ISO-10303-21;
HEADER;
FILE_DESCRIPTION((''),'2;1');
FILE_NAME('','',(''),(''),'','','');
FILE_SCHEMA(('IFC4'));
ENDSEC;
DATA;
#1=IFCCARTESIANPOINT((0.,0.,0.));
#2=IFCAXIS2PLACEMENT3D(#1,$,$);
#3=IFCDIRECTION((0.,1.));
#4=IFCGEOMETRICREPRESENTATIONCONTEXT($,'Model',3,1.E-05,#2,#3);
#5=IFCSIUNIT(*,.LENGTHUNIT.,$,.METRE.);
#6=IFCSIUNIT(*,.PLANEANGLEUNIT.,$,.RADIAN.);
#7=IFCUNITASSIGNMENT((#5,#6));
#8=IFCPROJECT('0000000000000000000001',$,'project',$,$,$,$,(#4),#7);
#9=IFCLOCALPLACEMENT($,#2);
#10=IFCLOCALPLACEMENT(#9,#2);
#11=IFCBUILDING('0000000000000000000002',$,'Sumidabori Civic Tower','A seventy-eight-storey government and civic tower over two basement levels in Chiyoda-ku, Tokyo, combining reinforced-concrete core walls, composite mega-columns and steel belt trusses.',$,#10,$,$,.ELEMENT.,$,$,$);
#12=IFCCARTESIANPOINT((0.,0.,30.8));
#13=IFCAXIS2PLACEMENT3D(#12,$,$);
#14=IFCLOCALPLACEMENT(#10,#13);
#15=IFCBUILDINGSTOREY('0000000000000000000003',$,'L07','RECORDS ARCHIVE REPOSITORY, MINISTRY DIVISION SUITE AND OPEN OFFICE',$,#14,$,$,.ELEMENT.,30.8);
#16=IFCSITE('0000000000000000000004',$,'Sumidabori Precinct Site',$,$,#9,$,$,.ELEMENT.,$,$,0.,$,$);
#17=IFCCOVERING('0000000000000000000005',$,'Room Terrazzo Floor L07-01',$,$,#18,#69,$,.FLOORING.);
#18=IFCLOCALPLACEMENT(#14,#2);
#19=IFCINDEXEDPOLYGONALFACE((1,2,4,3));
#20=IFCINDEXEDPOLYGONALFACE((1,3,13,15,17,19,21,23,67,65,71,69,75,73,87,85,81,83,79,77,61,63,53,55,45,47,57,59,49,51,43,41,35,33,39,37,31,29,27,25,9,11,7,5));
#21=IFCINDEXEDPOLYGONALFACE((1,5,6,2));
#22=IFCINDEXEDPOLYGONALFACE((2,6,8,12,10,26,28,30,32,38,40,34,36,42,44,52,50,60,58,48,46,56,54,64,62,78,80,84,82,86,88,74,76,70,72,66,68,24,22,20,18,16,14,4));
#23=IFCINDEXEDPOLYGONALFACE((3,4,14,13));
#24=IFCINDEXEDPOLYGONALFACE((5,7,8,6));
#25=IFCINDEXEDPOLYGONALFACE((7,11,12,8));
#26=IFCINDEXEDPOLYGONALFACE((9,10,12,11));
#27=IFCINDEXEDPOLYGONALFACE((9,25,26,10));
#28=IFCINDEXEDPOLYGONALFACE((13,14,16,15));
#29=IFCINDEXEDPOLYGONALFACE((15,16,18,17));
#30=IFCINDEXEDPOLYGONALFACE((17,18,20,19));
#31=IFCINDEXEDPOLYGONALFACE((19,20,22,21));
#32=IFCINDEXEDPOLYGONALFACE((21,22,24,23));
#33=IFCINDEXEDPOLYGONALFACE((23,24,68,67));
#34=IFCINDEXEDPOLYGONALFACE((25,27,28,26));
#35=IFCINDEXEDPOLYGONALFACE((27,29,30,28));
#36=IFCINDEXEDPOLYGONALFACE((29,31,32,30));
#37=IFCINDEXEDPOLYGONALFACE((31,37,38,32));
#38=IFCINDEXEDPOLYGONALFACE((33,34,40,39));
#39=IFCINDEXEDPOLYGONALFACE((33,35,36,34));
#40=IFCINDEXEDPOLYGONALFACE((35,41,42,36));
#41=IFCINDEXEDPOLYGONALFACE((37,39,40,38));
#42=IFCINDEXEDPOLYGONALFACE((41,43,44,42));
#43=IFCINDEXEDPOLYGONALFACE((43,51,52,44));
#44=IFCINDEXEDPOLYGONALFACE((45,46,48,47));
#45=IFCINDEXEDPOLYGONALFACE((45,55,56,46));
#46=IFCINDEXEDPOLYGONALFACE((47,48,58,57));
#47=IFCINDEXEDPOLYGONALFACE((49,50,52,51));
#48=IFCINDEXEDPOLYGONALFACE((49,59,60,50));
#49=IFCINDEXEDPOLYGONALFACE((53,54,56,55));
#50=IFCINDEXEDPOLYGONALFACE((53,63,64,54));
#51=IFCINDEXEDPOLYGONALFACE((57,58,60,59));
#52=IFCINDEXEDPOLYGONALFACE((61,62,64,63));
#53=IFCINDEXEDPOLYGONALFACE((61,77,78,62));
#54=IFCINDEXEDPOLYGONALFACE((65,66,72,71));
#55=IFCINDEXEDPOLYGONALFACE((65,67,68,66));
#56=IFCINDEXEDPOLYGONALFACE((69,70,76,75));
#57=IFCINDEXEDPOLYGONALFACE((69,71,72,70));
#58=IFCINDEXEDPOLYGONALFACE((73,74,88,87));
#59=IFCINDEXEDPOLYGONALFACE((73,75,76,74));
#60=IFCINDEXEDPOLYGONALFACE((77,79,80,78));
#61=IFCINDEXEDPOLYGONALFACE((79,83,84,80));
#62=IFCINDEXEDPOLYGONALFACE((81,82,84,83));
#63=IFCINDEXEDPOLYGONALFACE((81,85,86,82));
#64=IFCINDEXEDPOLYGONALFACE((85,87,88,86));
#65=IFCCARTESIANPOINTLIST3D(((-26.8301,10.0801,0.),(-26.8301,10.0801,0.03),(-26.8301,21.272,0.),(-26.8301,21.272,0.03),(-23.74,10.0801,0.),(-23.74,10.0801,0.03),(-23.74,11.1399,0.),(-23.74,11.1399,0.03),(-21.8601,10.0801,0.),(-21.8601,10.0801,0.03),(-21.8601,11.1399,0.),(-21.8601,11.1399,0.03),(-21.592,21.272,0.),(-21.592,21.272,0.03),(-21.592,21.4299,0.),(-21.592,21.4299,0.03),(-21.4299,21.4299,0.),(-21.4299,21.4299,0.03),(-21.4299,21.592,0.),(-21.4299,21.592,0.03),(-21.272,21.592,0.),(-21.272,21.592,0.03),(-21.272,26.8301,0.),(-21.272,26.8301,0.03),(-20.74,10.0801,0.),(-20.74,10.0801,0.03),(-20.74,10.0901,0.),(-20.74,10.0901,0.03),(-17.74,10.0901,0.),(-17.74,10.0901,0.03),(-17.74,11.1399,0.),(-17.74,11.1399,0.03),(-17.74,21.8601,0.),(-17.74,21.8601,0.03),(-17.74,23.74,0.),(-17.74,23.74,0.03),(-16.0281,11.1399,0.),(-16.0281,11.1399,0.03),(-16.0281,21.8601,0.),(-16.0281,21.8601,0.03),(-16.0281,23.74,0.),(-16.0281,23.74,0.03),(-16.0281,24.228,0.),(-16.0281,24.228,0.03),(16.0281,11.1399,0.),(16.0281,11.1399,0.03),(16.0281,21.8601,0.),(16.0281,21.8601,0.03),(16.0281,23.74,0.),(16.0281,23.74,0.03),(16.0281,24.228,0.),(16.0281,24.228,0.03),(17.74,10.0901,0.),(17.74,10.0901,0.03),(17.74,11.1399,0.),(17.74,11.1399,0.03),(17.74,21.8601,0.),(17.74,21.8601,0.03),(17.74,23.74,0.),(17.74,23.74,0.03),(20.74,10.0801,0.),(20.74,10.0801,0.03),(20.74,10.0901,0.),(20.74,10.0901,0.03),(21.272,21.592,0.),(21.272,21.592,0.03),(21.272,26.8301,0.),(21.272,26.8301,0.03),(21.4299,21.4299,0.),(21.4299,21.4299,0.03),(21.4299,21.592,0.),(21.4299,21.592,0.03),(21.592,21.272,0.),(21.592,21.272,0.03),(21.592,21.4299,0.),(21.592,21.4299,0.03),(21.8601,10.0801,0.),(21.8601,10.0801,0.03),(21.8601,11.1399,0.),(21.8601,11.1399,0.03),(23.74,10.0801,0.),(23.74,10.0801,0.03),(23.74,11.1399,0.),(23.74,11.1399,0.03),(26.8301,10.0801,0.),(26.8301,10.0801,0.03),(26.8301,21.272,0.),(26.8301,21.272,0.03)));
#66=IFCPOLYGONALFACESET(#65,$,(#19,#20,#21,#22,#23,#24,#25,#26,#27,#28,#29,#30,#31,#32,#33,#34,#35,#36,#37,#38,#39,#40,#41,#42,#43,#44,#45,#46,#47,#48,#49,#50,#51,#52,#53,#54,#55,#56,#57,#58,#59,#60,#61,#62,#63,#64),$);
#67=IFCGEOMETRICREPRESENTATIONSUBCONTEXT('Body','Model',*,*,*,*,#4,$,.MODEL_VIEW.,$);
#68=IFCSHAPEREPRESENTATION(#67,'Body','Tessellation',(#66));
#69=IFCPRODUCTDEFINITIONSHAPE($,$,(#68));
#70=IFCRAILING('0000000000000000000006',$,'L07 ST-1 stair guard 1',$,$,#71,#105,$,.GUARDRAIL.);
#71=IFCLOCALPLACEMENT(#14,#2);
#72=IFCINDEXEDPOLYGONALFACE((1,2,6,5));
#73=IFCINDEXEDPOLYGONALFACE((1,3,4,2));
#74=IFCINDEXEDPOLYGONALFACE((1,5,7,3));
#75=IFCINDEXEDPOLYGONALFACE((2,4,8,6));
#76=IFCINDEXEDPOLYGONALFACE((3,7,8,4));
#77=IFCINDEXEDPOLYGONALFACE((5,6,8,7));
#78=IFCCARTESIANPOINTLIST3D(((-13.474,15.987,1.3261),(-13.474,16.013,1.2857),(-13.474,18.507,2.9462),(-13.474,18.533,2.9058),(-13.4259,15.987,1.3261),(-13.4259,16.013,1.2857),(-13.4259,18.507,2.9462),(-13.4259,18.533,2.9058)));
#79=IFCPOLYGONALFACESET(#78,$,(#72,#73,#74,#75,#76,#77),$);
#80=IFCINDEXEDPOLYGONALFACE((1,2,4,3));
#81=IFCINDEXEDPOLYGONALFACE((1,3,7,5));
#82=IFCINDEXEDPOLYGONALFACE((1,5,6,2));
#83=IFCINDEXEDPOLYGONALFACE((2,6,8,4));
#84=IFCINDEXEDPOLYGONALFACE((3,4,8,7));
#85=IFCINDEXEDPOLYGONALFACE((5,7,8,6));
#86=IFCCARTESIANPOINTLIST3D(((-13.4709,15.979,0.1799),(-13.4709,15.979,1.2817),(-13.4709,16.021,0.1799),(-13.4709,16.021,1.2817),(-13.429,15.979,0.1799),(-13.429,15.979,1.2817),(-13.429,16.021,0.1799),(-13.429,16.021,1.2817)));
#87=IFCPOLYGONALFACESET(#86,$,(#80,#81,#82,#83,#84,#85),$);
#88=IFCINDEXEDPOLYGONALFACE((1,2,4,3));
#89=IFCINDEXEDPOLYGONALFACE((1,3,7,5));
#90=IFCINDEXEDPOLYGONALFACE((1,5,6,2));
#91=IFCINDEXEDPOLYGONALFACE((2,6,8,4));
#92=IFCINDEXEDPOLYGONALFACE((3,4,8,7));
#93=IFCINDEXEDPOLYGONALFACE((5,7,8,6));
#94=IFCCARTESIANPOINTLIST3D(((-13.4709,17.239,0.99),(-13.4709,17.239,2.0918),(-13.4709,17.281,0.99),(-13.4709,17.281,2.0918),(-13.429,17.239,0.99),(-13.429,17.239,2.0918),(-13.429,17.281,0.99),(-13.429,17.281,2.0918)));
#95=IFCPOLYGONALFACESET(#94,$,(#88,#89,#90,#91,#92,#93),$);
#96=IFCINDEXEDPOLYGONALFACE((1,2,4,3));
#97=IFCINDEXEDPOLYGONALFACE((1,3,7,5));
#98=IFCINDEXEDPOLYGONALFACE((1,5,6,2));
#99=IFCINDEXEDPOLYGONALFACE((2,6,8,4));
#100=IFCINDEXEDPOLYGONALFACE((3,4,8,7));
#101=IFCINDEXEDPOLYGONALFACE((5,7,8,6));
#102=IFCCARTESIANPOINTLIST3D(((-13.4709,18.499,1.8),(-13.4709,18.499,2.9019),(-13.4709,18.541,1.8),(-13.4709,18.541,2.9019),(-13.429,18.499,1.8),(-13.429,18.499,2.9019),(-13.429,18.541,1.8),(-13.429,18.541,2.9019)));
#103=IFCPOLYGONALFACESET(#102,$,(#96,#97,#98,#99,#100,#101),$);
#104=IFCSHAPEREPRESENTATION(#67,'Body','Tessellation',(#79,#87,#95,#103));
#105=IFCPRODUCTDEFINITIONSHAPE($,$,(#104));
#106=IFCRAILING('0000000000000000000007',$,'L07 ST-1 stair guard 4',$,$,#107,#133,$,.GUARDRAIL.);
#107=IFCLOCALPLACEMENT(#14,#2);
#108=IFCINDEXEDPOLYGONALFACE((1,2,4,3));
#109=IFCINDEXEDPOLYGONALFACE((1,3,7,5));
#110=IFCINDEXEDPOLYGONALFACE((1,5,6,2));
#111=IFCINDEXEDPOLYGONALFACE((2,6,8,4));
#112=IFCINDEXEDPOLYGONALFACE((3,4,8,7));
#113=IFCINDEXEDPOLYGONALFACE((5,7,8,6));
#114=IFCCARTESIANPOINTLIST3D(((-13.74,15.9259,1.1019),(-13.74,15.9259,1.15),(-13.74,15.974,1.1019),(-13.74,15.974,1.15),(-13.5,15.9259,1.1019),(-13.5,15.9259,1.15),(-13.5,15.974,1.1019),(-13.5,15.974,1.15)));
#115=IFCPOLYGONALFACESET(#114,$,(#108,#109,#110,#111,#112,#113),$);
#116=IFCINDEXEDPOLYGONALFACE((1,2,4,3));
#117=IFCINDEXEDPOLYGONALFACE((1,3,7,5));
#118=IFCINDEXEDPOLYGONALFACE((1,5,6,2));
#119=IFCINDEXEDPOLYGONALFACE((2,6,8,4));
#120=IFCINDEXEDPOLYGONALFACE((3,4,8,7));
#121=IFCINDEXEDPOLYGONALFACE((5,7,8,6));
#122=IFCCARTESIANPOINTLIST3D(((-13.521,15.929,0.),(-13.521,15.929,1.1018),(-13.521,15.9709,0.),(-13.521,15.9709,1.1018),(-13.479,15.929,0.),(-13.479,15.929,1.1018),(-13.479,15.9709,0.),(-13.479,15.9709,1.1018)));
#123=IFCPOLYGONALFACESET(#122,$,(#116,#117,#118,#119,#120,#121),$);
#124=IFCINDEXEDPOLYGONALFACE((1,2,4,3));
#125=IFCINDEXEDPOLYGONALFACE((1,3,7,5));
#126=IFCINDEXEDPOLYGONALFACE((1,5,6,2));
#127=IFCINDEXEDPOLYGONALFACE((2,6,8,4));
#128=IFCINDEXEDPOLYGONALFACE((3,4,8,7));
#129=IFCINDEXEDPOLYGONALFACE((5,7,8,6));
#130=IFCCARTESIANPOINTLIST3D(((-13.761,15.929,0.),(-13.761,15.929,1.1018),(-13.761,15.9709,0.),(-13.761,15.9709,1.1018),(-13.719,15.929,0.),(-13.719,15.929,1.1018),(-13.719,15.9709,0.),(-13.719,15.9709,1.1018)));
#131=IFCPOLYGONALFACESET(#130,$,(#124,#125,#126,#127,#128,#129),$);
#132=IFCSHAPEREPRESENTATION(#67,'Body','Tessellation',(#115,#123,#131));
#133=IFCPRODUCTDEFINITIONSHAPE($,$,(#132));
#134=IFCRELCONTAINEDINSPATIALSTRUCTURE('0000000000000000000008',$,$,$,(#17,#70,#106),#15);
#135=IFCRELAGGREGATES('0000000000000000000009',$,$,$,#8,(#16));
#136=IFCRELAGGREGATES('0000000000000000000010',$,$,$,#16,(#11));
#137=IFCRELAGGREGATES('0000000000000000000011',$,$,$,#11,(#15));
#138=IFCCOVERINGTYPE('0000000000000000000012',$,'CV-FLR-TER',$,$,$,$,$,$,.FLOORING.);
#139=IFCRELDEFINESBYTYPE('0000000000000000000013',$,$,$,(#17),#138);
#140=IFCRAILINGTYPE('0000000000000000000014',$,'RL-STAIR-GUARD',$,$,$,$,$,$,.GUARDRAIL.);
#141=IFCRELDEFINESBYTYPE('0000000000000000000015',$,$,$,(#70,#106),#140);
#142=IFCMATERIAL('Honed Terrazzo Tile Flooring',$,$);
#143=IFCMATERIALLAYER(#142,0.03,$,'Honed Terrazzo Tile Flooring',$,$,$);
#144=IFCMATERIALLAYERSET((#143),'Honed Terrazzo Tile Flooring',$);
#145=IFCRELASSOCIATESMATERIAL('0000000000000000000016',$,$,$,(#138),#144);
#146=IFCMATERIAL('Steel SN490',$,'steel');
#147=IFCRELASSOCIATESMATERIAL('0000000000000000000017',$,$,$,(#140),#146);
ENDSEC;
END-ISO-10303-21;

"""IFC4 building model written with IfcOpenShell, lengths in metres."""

from ifc_helpers import new_model, si_unit, direction, frame, origin, origin_2d, place, context, subcontext, project, spatial, polyline, rectangle, outline, extrude, material, layer, layer_set, type_object, element, save


model = new_model("IFC4")

# Units and contexts
model_context = context("Model", 3, precision=1e-05, world=origin(), true_north=direction((0.0, 1.0)))
body_context = subcontext(model_context, "Body", "Model", "MODEL_VIEW")
ifc_project = project(units=[si_unit("LENGTHUNIT", "METRE"), si_unit("PLANEANGLEUNIT", "RADIAN")], contexts=[model_context])

# Site, building, storey
site_placement = place(None, origin())
site = spatial("IfcSite", under=ifc_project, at=site_placement, Name="Sumidabori Precinct Site", CompositionType="ELEMENT", RefElevation=0.0)
building_placement = place(site_placement, origin())
building = spatial("IfcBuilding", under=site, at=building_placement, Name="Sumidabori Civic Tower", Description="A seventy-eight-storey government and civic tower over two basement levels in Chiyoda-ku, Tokyo, combining reinforced-concrete core walls, composite mega-columns and steel belt trusses.", CompositionType="ELEMENT")
storey_placement = place(building_placement, frame((0.0, 0.0, 30.8)))
storey = spatial("IfcBuildingStorey", under=building, at=storey_placement, Name="L07", Description="RECORDS ARCHIVE REPOSITORY, MINISTRY DIVISION SUITE AND OPEN OFFICE", CompositionType="ELEMENT", Elevation=30.8)

# Shared definitions
ifc_material_1 = material(Name="Steel SN490", Category="steel")

# Covering
ifc_material_2 = material(Name="Honed Terrazzo Tile Flooring")
ifc_layer_1 = layer(ifc_material_2, 0.03, Name="Honed Terrazzo Tile Flooring")
ifc_layer_set_1 = layer_set([ifc_layer_1], Name="Honed Terrazzo Tile Flooring")
covering_type_1 = type_object("IfcCoveringType", Name="CV-FLR-TER", PredefinedType="FLOORING", material=ifc_layer_set_1)
covering_1_placement = place(storey_placement, origin())
element("IfcCovering", 1, at=covering_1_placement, inside=storey, type_object=covering_type_1, Name="Room Terrazzo Floor L07-01", PredefinedType="FLOORING", context=body_context, shape_type="SweptSolid", body=[
    extrude(outline(polyline([(-21.8601, 11.1399), (-23.74, 11.1399), (-23.74, 10.0801), (-26.8301, 10.0801), (-26.8301, 21.272), (-21.592, 21.272), (-21.592, 21.4299), (-21.4299, 21.4299), (-21.4299, 21.592), (-21.272, 21.592), (-21.272, 26.8301), (21.272, 26.8301), (21.272, 21.592), (21.4299, 21.592), (21.4299, 21.4299), (21.592, 21.4299), (21.592, 21.272), (26.8301, 21.272), (26.8301, 10.0801), (23.74, 10.0801), (23.74, 11.1399), (21.8601, 11.1399), (21.8601, 10.0801), (20.74, 10.0801), (20.74, 10.0901), (17.74, 10.0901), (17.74, 11.1399), (16.0281, 11.1399), (16.0281, 21.8601), (17.74, 21.8601), (17.74, 23.74), (16.0281, 23.74), (16.0281, 24.228), (-16.0281, 24.228), (-16.0281, 23.74), (-17.74, 23.74), (-17.74, 21.8601), (-16.0281, 21.8601), (-16.0281, 11.1399), (-17.74, 11.1399), (-17.74, 10.0901), (-20.74, 10.0901), (-20.74, 10.0801), (-21.8601, 10.0801), (-21.8601, 11.1399)])), origin(), (0.0, 0.0, 1.0), 0.03),
])

# Railings
railing_type = type_object("IfcRailingType", Name="RL-STAIR-GUARD", PredefinedType="GUARDRAIL", material=ifc_material_1)
railing_1_placement = place(storey_placement, frame((-13.45, 16.0, 0.1799)))
element("IfcRailing", 2, at=railing_1_placement, inside=storey, type_object=railing_type, Name="L07 ST-1 stair guard 1", PredefinedType="GUARDRAIL", context=body_context, shape_type="SweptSolid", body=[
    extrude(rectangle(XDim=0.0481, YDim=0.0481, at=origin_2d()), frame((0.0, 0.0, 1.126), z_axis=(0.0, 0.841163, 0.540782), x_axis=(-1.0, 0.0, 0.0)), (0.0, 0.0, 1.0), 2.9958),
    extrude(rectangle(XDim=0.042, YDim=0.042, at=origin_2d()), origin(), (0.0, 0.0, 1.0), 1.1018),
    extrude(rectangle(XDim=0.042, YDim=0.042, at=origin_2d()), frame((0.0, 1.26, 0.8101)), (0.0, 0.0, 1.0), 1.1018),
    extrude(rectangle(XDim=0.042, YDim=0.042, at=origin_2d()), frame((0.0, 2.52, 1.6201)), (0.0, 0.0, 1.0), 1.1018),
])
railing_2_placement = place(storey_placement, frame((-13.5, 15.95, 0.0)))
element("IfcRailing", 3, at=railing_2_placement, inside=storey, type_object=railing_type, Name="L07 ST-1 stair guard 4", PredefinedType="GUARDRAIL", context=body_context, shape_type="SweptSolid", body=[
    extrude(rectangle(XDim=0.0481, YDim=0.0481, at=origin_2d()), frame((0.0, 0.0, 1.126), z_axis=(-1.0, 0.0, 0.0), x_axis=(0.0, -1.0, 0.0)), (0.0, 0.0, 1.0), 0.24),
    extrude(rectangle(XDim=0.042, YDim=0.042, at=origin_2d()), origin(), (0.0, 0.0, 1.0), 1.1018),
    extrude(rectangle(XDim=0.042, YDim=0.042, at=origin_2d()), frame((-0.24, 0.0, 0.0)), (0.0, 0.0, 1.0), 1.1018),
])

save(model, "model.ifc")
